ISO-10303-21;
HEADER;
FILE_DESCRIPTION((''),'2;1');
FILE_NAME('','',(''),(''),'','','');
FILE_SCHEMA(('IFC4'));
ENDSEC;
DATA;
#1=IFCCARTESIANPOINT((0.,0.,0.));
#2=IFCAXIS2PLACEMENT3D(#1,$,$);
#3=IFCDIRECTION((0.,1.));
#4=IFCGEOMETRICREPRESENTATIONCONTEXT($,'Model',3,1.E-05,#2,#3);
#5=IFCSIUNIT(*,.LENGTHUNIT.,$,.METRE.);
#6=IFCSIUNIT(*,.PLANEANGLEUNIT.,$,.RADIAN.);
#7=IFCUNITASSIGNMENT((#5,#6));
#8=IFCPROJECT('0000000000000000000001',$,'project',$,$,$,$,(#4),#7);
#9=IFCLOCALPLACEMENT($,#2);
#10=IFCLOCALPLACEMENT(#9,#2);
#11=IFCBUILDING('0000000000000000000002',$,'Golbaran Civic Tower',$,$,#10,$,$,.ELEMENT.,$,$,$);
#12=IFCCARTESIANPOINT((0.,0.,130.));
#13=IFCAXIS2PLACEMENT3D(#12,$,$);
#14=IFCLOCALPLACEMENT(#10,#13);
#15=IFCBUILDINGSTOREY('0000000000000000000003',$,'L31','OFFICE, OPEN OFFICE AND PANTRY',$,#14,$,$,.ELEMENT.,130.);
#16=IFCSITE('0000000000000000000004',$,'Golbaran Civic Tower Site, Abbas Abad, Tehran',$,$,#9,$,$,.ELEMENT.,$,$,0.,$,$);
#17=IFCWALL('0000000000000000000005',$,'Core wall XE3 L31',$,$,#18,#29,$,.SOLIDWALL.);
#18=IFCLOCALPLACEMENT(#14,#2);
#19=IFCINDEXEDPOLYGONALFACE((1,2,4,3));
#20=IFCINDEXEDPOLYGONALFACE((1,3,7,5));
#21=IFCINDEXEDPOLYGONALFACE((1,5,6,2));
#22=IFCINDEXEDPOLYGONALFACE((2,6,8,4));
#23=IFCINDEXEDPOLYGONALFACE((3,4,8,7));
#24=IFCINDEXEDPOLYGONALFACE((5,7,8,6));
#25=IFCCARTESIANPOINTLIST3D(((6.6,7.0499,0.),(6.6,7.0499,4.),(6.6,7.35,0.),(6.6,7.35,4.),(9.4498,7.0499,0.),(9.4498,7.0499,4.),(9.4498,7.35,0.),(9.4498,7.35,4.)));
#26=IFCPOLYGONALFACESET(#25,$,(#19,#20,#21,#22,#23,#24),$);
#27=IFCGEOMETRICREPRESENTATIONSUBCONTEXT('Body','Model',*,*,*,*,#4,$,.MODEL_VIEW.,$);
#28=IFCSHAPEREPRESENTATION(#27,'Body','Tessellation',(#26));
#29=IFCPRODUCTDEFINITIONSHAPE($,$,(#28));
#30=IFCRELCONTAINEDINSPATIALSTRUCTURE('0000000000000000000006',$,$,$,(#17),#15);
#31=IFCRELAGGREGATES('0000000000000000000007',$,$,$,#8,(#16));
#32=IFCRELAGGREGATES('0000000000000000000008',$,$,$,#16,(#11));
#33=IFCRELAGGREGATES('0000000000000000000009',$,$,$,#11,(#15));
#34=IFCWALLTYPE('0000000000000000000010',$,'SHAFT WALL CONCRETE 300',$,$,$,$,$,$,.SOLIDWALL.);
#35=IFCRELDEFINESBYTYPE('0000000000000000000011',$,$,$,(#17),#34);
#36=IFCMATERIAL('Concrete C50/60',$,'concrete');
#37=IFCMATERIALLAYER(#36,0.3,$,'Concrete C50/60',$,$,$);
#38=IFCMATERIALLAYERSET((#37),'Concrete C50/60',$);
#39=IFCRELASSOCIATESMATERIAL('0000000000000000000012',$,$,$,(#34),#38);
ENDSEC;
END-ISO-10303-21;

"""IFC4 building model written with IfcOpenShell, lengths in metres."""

from ifc_helpers import new_model, si_unit, direction, frame, frame_2d, origin, place, context, subcontext, project, spatial, rectangle, extrude, material, layer, layer_set, type_object, element, save


model = new_model("IFC4")

# Units and contexts
model_context = context("Model", 3, precision=1e-05, world=origin(), true_north=direction((0.0, 1.0)))
body_context = subcontext(model_context, "Body", "Model", "MODEL_VIEW")
ifc_project = project(units=[si_unit("LENGTHUNIT", "METRE"), si_unit("PLANEANGLEUNIT", "RADIAN")], contexts=[model_context])

# Site, building, storey
site_placement = place(None, origin())
site = spatial("IfcSite", under=ifc_project, at=site_placement, Name="Golbaran Civic Tower Site, Abbas Abad, Tehran", CompositionType="ELEMENT", RefElevation=0.0)
building_placement = place(site_placement, origin())
building = spatial("IfcBuilding", under=site, at=building_placement, Name="Golbaran Civic Tower", CompositionType="ELEMENT")
storey_placement = place(building_placement, frame((0.0, 0.0, 130.0)))
storey = spatial("IfcBuildingStorey", under=building, at=storey_placement, Name="L31", Description="OFFICE, OPEN OFFICE AND PANTRY", CompositionType="ELEMENT", Elevation=130.0)

# Wall
ifc_material_1 = material(Name="Concrete C50/60", Category="concrete")
ifc_layer_1 = layer(ifc_material_1, 0.3, Name="Concrete C50/60")
ifc_layer_set_1 = layer_set([ifc_layer_1], Name="Concrete C50/60")
wall_type_1 = type_object("IfcWallType", Name="SHAFT WALL CONCRETE 300", PredefinedType="SOLIDWALL", material=ifc_layer_set_1)
wall_1_placement = place(storey_placement, frame((6.6001, 7.2, 0.0), z_axis=(0.0, 0.0, 1.0), x_axis=(1.0, 0.0, 0.0)))
element("IfcWall", 1, at=wall_1_placement, inside=storey, type_object=wall_type_1, Name="Core wall XE3 L31", PredefinedType="SOLIDWALL", context=body_context, shape_type="SweptSolid", body=[
    extrude(rectangle(XDim=2.8499, YDim=0.3, at=frame_2d((1.4248, 0.0))), origin(), (0.0, 0.0, 1.0), 4.0),
])

save(model, "model.ifc")
